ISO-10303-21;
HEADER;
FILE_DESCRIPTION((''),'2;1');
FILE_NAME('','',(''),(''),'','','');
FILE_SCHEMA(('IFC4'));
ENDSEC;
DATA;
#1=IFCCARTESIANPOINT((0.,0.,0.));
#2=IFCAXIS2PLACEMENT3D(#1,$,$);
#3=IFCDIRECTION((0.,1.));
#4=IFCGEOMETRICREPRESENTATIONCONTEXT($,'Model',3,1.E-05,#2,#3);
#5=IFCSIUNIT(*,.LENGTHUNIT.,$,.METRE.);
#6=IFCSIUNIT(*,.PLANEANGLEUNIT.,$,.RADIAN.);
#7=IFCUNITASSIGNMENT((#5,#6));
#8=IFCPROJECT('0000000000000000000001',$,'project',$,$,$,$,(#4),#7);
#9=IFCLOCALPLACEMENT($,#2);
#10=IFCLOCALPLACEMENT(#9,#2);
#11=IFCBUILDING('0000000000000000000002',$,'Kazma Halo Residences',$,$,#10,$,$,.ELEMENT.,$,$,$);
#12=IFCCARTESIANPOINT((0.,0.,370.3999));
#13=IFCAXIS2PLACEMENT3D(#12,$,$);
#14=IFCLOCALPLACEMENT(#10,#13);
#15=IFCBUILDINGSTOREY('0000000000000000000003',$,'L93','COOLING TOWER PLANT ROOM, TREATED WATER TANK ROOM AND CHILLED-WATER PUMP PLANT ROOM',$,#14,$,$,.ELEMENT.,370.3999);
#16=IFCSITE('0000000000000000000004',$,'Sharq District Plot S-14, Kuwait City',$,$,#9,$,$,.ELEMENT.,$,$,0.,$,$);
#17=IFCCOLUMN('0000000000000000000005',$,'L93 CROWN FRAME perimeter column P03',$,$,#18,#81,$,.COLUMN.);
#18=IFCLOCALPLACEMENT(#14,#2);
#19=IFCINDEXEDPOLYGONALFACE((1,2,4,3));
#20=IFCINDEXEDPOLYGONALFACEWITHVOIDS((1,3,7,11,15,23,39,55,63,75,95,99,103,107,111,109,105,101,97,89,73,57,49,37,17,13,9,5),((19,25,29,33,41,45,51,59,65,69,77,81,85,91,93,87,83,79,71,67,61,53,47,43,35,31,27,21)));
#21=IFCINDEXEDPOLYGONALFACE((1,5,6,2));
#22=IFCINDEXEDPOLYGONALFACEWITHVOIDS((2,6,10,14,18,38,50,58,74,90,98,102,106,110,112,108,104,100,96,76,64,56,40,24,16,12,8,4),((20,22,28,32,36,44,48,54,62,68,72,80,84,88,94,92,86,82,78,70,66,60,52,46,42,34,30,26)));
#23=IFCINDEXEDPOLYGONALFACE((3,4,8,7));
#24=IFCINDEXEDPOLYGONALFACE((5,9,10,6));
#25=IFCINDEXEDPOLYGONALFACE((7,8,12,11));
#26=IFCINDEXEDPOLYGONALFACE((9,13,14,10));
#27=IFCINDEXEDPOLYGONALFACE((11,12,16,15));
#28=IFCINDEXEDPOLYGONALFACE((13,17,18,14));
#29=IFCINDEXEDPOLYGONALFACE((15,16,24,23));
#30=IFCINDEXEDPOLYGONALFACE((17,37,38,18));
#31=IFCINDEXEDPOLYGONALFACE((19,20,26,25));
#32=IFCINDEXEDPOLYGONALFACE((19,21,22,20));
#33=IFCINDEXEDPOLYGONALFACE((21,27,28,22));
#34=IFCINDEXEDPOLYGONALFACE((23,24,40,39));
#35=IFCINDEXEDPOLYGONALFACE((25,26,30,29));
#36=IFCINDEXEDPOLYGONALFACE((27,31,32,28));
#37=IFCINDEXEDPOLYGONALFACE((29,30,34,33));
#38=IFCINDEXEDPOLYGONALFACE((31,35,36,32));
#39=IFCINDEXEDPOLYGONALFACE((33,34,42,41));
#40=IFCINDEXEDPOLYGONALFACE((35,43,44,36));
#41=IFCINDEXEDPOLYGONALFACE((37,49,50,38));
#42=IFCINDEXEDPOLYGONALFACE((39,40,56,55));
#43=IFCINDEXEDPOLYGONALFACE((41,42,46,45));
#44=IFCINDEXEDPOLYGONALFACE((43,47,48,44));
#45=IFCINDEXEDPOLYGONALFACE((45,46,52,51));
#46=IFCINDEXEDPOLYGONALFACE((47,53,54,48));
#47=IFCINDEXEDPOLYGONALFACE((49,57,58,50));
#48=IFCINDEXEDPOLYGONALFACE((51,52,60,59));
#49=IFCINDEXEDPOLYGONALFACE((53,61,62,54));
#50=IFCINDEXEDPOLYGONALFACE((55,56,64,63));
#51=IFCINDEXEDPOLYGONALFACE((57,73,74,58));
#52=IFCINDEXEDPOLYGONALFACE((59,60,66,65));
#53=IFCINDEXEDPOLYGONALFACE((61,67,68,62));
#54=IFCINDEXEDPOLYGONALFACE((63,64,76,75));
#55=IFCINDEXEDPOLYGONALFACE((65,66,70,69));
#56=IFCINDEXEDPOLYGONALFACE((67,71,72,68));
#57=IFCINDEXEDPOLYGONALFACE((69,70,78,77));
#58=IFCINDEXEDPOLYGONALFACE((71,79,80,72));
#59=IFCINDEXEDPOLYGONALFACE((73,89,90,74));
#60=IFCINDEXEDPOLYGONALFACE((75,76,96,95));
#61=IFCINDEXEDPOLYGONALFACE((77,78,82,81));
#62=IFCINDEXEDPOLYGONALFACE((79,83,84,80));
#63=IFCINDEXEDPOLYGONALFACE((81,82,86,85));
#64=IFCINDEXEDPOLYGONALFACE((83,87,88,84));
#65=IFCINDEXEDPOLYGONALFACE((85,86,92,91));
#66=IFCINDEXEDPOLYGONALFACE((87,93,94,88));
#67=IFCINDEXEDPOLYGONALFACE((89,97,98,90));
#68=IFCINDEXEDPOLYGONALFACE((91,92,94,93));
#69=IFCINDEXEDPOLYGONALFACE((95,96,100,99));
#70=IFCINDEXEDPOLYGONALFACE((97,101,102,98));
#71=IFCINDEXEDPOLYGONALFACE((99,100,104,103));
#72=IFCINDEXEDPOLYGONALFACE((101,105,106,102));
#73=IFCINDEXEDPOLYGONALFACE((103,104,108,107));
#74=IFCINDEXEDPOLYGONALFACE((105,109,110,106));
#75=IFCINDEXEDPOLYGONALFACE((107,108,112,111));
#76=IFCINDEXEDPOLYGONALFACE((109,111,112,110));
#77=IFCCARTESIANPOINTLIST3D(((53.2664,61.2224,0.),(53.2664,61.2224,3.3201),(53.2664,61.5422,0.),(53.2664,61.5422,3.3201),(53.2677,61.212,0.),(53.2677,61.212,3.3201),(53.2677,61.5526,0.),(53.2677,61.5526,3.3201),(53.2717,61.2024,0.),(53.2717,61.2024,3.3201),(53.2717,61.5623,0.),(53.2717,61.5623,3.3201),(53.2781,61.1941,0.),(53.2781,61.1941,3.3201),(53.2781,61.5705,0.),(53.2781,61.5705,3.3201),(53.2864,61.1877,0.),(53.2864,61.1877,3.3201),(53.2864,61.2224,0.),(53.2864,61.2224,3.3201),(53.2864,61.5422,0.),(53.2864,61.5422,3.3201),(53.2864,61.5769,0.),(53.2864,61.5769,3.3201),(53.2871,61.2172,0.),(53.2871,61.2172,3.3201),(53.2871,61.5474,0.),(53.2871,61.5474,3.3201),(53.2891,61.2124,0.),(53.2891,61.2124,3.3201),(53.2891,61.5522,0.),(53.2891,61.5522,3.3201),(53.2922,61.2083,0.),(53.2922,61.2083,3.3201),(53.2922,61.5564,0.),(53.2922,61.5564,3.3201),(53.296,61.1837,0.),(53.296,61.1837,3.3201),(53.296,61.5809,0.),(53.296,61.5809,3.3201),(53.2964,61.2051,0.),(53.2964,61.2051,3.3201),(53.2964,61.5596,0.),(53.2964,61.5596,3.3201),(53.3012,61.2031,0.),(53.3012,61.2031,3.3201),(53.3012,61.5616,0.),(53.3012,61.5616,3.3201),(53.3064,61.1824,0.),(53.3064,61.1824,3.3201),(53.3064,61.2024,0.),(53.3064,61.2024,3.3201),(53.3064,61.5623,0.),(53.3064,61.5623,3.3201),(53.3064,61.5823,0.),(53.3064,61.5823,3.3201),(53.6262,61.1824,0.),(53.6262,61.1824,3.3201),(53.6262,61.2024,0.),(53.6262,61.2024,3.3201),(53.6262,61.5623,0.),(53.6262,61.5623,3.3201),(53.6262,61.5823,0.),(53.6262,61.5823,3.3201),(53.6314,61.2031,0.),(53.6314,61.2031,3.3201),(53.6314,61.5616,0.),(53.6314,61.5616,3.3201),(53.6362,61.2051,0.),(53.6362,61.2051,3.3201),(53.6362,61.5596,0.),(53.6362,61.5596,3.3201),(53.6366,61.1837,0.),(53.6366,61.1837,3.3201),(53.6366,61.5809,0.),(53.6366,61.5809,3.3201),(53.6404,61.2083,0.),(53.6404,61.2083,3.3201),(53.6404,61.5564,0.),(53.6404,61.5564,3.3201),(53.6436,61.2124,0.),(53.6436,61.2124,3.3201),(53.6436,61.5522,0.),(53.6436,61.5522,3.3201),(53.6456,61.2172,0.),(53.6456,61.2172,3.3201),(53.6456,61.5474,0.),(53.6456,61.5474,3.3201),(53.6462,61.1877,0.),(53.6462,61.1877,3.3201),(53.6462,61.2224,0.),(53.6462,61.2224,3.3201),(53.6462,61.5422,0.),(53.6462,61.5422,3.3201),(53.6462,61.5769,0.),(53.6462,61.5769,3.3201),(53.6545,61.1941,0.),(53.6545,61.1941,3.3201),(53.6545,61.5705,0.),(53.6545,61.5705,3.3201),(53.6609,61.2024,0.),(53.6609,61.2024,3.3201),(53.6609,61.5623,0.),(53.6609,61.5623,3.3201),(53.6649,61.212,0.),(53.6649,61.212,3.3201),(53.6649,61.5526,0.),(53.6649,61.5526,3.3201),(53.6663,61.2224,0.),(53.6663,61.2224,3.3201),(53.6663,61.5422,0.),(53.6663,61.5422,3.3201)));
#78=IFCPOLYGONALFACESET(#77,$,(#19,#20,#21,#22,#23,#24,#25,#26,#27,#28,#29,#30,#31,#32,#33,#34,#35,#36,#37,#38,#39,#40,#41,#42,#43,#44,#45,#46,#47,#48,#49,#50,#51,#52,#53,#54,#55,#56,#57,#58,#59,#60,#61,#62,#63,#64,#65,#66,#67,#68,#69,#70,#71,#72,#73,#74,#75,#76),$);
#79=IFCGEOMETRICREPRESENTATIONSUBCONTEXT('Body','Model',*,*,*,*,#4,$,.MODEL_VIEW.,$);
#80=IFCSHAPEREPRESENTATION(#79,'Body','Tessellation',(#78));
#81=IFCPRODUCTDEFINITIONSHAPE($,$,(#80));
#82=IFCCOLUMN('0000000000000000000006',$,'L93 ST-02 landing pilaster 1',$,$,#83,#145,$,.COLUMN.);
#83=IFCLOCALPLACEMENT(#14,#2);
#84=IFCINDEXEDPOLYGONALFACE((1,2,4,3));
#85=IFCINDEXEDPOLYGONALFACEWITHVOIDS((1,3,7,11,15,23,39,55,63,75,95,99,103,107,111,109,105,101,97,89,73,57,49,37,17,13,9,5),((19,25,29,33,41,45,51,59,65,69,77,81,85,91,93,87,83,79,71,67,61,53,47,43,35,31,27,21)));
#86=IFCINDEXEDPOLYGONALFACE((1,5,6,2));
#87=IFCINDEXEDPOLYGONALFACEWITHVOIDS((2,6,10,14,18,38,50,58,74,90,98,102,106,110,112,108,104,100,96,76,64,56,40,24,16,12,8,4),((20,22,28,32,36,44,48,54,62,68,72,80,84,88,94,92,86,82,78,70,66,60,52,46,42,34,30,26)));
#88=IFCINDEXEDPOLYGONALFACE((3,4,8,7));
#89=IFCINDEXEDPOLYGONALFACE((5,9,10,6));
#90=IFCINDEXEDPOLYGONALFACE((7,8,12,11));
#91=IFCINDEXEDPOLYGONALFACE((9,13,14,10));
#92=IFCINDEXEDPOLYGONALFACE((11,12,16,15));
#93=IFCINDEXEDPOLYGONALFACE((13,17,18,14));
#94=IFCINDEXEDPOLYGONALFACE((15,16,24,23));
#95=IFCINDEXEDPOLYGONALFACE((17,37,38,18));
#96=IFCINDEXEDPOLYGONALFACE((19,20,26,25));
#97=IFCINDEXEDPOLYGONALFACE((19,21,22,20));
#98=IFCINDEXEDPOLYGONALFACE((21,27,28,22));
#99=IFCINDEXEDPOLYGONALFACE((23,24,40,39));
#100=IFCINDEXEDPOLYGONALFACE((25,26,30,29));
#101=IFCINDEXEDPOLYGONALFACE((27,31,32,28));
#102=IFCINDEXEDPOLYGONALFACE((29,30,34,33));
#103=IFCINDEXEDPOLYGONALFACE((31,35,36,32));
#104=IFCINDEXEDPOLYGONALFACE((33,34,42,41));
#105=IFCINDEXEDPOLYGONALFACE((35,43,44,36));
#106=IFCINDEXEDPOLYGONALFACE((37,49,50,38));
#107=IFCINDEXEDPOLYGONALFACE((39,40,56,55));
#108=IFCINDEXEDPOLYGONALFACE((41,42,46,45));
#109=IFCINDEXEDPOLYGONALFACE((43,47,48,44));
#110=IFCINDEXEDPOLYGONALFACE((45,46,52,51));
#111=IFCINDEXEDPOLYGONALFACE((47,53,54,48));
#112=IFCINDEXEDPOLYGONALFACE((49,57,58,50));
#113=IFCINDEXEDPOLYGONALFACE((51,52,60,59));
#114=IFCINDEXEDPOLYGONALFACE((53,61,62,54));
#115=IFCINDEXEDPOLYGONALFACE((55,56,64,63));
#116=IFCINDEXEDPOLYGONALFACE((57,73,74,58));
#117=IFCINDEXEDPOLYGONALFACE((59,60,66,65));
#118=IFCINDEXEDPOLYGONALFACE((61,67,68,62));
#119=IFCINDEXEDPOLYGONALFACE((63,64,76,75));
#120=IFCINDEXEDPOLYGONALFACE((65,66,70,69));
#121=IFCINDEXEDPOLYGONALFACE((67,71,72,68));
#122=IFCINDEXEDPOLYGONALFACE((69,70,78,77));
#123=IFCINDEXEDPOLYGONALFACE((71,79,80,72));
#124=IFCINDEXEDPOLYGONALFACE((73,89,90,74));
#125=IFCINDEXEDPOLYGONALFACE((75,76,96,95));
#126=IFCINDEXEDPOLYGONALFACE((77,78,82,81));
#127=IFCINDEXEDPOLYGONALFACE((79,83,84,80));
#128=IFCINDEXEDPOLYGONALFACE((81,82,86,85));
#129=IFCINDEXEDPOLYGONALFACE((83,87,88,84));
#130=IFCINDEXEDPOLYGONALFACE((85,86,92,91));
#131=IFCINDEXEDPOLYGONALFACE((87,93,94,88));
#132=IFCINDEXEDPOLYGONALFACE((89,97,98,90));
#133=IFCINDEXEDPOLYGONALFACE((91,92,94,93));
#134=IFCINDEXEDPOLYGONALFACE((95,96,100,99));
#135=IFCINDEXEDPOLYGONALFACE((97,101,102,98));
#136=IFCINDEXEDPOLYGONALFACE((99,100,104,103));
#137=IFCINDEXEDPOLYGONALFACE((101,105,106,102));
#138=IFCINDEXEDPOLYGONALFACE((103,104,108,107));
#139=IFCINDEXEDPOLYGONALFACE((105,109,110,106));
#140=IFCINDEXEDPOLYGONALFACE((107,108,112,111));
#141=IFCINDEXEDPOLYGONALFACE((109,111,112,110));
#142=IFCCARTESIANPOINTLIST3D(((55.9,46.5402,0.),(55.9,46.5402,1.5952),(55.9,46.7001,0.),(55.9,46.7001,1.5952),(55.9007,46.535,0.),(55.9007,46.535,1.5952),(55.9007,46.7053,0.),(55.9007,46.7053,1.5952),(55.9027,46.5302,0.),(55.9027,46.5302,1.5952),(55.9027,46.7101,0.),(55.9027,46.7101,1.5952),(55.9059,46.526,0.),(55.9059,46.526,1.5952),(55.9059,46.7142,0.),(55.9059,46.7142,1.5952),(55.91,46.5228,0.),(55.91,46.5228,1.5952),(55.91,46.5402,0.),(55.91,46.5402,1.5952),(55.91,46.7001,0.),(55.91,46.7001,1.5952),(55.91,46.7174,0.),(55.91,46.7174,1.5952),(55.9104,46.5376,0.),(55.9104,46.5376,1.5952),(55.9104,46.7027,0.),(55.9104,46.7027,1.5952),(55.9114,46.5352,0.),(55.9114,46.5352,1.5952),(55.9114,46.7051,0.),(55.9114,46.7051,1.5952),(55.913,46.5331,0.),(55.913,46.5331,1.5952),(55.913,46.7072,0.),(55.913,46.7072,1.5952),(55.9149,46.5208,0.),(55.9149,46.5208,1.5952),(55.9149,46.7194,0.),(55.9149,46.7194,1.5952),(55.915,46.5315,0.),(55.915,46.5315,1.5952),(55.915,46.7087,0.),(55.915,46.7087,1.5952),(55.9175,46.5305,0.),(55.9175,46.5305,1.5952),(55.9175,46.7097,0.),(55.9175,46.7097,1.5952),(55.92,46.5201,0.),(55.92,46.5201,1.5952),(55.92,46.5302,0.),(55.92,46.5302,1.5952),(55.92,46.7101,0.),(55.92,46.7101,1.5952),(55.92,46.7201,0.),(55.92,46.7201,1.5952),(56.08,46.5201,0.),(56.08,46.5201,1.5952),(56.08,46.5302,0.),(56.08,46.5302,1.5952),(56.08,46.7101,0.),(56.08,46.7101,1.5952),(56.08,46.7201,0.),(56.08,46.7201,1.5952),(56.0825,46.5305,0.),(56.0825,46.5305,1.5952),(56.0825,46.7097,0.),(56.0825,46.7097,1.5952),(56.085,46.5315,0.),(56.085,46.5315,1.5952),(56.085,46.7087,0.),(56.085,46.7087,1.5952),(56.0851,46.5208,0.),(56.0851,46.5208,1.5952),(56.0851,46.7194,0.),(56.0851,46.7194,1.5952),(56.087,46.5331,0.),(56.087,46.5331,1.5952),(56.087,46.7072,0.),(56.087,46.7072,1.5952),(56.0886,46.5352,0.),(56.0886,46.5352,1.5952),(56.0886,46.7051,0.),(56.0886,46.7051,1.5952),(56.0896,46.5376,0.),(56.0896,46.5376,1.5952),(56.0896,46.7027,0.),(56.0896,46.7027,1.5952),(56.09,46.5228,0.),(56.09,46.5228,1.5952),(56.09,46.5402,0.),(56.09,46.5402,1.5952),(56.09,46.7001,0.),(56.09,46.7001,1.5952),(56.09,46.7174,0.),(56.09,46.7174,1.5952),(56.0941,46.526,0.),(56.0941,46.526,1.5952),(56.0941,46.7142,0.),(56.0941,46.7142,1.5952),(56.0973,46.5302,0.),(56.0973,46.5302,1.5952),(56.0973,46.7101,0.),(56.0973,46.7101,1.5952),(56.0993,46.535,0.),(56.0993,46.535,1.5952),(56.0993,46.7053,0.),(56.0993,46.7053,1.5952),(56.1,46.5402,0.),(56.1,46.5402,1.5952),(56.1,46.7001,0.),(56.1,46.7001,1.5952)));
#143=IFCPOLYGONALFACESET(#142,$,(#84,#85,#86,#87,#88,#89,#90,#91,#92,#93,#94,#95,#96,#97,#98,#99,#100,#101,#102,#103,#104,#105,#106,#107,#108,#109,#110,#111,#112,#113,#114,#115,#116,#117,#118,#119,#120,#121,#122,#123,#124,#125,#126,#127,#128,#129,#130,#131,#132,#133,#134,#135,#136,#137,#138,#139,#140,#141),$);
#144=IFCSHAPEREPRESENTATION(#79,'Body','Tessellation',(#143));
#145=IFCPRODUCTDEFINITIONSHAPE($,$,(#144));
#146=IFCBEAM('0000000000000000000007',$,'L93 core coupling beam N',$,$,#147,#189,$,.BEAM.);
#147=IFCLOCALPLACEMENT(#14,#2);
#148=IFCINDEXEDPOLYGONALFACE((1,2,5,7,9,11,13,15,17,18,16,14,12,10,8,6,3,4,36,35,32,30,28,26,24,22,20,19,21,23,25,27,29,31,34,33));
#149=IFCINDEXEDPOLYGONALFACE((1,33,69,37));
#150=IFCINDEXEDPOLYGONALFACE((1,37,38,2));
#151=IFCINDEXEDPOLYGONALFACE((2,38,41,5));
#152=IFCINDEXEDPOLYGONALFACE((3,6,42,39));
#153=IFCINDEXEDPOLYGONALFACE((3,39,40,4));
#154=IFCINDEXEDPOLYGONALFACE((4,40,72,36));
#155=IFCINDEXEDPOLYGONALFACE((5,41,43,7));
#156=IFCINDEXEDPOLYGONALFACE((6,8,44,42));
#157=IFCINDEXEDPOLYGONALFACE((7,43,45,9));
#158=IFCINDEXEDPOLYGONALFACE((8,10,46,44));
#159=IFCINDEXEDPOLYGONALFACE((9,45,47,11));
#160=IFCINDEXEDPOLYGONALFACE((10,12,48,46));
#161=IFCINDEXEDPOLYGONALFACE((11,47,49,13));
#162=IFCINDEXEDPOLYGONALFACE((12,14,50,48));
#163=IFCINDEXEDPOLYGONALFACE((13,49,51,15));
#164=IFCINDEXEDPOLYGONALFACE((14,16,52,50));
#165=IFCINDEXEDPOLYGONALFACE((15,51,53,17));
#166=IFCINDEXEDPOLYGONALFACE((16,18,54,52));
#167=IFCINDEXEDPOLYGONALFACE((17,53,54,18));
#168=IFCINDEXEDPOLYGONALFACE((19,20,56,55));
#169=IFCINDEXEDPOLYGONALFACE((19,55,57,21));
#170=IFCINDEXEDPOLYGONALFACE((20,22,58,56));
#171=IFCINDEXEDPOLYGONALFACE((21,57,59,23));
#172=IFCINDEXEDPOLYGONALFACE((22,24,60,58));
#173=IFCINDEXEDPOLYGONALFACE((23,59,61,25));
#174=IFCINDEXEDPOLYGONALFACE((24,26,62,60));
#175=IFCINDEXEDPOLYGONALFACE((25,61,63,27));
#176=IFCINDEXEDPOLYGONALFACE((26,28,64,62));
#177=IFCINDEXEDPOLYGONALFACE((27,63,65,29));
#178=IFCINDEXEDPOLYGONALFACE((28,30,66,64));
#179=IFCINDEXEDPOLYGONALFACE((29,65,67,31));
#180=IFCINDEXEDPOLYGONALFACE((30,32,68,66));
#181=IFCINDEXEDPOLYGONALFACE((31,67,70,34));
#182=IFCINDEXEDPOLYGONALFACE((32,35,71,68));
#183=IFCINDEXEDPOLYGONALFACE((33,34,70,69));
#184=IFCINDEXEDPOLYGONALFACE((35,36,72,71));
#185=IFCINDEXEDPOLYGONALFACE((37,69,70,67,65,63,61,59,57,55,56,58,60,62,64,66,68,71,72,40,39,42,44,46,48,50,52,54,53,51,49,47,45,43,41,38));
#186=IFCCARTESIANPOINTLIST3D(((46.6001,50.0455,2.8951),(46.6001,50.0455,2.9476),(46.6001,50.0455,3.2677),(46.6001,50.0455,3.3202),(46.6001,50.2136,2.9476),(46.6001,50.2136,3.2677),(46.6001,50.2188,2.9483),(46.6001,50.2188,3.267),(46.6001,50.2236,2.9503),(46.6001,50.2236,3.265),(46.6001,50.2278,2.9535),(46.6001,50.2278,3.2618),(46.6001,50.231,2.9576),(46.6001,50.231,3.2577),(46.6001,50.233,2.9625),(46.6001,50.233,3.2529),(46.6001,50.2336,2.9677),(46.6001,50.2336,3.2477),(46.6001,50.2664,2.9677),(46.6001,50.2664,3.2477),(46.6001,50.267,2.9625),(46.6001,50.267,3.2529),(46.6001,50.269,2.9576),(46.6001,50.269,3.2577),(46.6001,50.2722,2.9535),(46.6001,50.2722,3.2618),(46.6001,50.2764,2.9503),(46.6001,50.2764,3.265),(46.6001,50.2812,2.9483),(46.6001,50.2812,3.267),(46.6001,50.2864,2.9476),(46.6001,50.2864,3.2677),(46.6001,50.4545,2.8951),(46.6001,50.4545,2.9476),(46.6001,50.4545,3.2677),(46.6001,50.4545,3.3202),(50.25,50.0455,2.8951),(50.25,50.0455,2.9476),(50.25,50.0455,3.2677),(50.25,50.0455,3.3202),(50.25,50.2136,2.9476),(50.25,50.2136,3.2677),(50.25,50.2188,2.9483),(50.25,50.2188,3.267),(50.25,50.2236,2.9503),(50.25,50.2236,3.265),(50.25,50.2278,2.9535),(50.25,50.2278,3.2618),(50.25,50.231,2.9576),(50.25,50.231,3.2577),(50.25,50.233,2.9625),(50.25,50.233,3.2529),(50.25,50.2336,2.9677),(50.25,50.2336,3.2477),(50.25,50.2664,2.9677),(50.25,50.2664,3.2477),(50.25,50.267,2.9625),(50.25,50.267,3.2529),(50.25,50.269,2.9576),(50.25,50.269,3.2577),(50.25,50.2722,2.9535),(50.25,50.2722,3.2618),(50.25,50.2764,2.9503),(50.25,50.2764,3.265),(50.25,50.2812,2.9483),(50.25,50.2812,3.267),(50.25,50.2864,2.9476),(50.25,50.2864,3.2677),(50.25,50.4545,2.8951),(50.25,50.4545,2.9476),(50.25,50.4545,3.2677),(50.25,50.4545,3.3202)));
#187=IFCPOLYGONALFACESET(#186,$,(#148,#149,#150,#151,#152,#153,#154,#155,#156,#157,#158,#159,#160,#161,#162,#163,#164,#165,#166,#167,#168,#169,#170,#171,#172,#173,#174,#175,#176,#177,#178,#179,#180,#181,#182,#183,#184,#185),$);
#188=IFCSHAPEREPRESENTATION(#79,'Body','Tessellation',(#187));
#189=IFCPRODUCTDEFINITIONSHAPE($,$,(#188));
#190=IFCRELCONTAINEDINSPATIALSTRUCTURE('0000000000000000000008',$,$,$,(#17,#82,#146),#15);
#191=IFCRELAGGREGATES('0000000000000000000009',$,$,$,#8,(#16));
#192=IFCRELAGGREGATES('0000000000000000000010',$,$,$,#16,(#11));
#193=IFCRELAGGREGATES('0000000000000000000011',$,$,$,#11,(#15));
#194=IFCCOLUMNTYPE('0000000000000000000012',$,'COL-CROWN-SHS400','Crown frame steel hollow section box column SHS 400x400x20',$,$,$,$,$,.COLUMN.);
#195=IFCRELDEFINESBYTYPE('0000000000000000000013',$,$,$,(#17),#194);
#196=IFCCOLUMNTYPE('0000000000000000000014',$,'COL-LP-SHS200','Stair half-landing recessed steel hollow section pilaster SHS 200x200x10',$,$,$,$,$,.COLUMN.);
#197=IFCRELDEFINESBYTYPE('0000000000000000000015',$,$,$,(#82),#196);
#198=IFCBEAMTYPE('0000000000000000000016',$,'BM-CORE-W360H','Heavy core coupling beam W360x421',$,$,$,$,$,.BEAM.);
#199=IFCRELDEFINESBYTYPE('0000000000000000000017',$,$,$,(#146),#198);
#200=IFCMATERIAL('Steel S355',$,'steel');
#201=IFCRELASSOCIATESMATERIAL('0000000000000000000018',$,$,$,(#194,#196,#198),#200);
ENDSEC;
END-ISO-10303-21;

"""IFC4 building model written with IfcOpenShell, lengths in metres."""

from ifc_helpers import new_model, si_unit, direction, frame, origin, origin_2d, place, context, subcontext, project, spatial, hollow_rectangle, i_section, extrude, material, material_profile, profile_set, type_object, element, save


model = new_model("IFC4")

# Units and contexts
model_context = context("Model", 3, precision=1e-05, world=origin(), true_north=direction((0.0, 1.0)))
body_context = subcontext(model_context, "Body", "Model", "MODEL_VIEW")
ifc_project = project(units=[si_unit("LENGTHUNIT", "METRE"), si_unit("PLANEANGLEUNIT", "RADIAN")], contexts=[model_context])

# Site, building, storey
site_placement = place(None, origin())
site = spatial("IfcSite", under=ifc_project, at=site_placement, Name="Sharq District Plot S-14, Kuwait City", CompositionType="ELEMENT", RefElevation=0.0)
building_placement = place(site_placement, origin())
building = spatial("IfcBuilding", under=site, at=building_placement, Name="Kazma Halo Residences", CompositionType="ELEMENT")
storey_placement = place(building_placement, frame((0.0, 0.0, 370.3999)))
storey = spatial("IfcBuildingStorey", under=building, at=storey_placement, Name="L93", Description="COOLING TOWER PLANT ROOM, TREATED WATER TANK ROOM AND CHILLED-WATER PUMP PLANT ROOM", CompositionType="ELEMENT", Elevation=370.3999)

# Columns
ifc_material_1 = material(Name="Steel S355", Category="steel")
ifc_material_profile_1 = material_profile(ifc_material_1, hollow_rectangle(XDim=0.3999, YDim=0.3999, WallThickness=0.02, InnerFilletRadius=0.02, OuterFilletRadius=0.04, at=origin_2d()), Name="SHS400x400x20")
ifc_profile_set_1 = profile_set([ifc_material_profile_1], Name="Steel S355")
column_type_1 = type_object("IfcColumnType", Name="COL-CROWN-SHS400", Description="Crown frame steel hollow section box column SHS 400x400x20", PredefinedType="COLUMN", material=ifc_profile_set_1)
column_1_placement = place(storey_placement, frame((53.4663, 61.3823, 0.0), z_axis=(0.0, 0.0, 1.0), x_axis=(1.0, 0.0, 0.0)))
element("IfcColumn", 1, at=column_1_placement, inside=storey, type_object=column_type_1, Name="L93 CROWN FRAME perimeter column P03", PredefinedType="COLUMN", context=body_context, shape_type="SweptSolid", body=[
    extrude(hollow_rectangle(XDim=0.3999, YDim=0.3999, WallThickness=0.02, InnerFilletRadius=0.02, OuterFilletRadius=0.04, at=origin_2d()), origin(), (0.0, 0.0, 1.0), 3.3201),
])
ifc_material_profile_2 = material_profile(ifc_material_1, hollow_rectangle(XDim=0.2, YDim=0.2, WallThickness=0.01, InnerFilletRadius=0.01, OuterFilletRadius=0.02, at=origin_2d()), Name="SHS200x200x10")
ifc_profile_set_2 = profile_set([ifc_material_profile_2], Name="Steel S355")
column_type_2 = type_object("IfcColumnType", Name="COL-LP-SHS200", Description="Stair half-landing recessed steel hollow section pilaster SHS 200x200x10", PredefinedType="COLUMN", material=ifc_profile_set_2)
column_2_placement = place(storey_placement, frame((56.0, 46.6201, 0.0), z_axis=(0.0, 0.0, 1.0), x_axis=(1.0, 0.0, 0.0)))
element("IfcColumn", 2, at=column_2_placement, inside=storey, type_object=column_type_2, Name="L93 ST-02 landing pilaster 1", PredefinedType="COLUMN", context=body_context, shape_type="SweptSolid", body=[
    extrude(hollow_rectangle(XDim=0.2, YDim=0.2, WallThickness=0.01, InnerFilletRadius=0.01, OuterFilletRadius=0.02, at=origin_2d()), origin(), (0.0, 0.0, 1.0), 1.5952),
])

# Beam
ifc_material_profile_3 = material_profile(ifc_material_1, i_section(OverallWidth=0.4089, OverallDepth=0.425, WebThickness=0.0327, FlangeThickness=0.0525, FilletRadius=0.02, at=origin_2d()), Name="W360x421")
ifc_profile_set_3 = profile_set([ifc_material_profile_3], Name="Steel S355")
beam_type_1 = type_object("IfcBeamType", Name="BM-CORE-W360H", Description="Heavy core coupling beam W360x421", PredefinedType="BEAM", material=ifc_profile_set_3)
beam_1_placement = place(storey_placement, frame((46.6001, 50.25, 3.1077), z_axis=(1.0, 0.0, 0.0), x_axis=(0.0, 1.0, 0.0)))
element("IfcBeam", 3, at=beam_1_placement, inside=storey, type_object=beam_type_1, Name="L93 core coupling beam N", PredefinedType="BEAM", context=body_context, shape_type="SweptSolid", body=[
    extrude(i_section(OverallWidth=0.4089, OverallDepth=0.425, WebThickness=0.0327, FlangeThickness=0.0525, FilletRadius=0.02, at=origin_2d()), origin(), (0.0, 0.0, 1.0), 3.6499),
])

save(model, "model.ifc")
